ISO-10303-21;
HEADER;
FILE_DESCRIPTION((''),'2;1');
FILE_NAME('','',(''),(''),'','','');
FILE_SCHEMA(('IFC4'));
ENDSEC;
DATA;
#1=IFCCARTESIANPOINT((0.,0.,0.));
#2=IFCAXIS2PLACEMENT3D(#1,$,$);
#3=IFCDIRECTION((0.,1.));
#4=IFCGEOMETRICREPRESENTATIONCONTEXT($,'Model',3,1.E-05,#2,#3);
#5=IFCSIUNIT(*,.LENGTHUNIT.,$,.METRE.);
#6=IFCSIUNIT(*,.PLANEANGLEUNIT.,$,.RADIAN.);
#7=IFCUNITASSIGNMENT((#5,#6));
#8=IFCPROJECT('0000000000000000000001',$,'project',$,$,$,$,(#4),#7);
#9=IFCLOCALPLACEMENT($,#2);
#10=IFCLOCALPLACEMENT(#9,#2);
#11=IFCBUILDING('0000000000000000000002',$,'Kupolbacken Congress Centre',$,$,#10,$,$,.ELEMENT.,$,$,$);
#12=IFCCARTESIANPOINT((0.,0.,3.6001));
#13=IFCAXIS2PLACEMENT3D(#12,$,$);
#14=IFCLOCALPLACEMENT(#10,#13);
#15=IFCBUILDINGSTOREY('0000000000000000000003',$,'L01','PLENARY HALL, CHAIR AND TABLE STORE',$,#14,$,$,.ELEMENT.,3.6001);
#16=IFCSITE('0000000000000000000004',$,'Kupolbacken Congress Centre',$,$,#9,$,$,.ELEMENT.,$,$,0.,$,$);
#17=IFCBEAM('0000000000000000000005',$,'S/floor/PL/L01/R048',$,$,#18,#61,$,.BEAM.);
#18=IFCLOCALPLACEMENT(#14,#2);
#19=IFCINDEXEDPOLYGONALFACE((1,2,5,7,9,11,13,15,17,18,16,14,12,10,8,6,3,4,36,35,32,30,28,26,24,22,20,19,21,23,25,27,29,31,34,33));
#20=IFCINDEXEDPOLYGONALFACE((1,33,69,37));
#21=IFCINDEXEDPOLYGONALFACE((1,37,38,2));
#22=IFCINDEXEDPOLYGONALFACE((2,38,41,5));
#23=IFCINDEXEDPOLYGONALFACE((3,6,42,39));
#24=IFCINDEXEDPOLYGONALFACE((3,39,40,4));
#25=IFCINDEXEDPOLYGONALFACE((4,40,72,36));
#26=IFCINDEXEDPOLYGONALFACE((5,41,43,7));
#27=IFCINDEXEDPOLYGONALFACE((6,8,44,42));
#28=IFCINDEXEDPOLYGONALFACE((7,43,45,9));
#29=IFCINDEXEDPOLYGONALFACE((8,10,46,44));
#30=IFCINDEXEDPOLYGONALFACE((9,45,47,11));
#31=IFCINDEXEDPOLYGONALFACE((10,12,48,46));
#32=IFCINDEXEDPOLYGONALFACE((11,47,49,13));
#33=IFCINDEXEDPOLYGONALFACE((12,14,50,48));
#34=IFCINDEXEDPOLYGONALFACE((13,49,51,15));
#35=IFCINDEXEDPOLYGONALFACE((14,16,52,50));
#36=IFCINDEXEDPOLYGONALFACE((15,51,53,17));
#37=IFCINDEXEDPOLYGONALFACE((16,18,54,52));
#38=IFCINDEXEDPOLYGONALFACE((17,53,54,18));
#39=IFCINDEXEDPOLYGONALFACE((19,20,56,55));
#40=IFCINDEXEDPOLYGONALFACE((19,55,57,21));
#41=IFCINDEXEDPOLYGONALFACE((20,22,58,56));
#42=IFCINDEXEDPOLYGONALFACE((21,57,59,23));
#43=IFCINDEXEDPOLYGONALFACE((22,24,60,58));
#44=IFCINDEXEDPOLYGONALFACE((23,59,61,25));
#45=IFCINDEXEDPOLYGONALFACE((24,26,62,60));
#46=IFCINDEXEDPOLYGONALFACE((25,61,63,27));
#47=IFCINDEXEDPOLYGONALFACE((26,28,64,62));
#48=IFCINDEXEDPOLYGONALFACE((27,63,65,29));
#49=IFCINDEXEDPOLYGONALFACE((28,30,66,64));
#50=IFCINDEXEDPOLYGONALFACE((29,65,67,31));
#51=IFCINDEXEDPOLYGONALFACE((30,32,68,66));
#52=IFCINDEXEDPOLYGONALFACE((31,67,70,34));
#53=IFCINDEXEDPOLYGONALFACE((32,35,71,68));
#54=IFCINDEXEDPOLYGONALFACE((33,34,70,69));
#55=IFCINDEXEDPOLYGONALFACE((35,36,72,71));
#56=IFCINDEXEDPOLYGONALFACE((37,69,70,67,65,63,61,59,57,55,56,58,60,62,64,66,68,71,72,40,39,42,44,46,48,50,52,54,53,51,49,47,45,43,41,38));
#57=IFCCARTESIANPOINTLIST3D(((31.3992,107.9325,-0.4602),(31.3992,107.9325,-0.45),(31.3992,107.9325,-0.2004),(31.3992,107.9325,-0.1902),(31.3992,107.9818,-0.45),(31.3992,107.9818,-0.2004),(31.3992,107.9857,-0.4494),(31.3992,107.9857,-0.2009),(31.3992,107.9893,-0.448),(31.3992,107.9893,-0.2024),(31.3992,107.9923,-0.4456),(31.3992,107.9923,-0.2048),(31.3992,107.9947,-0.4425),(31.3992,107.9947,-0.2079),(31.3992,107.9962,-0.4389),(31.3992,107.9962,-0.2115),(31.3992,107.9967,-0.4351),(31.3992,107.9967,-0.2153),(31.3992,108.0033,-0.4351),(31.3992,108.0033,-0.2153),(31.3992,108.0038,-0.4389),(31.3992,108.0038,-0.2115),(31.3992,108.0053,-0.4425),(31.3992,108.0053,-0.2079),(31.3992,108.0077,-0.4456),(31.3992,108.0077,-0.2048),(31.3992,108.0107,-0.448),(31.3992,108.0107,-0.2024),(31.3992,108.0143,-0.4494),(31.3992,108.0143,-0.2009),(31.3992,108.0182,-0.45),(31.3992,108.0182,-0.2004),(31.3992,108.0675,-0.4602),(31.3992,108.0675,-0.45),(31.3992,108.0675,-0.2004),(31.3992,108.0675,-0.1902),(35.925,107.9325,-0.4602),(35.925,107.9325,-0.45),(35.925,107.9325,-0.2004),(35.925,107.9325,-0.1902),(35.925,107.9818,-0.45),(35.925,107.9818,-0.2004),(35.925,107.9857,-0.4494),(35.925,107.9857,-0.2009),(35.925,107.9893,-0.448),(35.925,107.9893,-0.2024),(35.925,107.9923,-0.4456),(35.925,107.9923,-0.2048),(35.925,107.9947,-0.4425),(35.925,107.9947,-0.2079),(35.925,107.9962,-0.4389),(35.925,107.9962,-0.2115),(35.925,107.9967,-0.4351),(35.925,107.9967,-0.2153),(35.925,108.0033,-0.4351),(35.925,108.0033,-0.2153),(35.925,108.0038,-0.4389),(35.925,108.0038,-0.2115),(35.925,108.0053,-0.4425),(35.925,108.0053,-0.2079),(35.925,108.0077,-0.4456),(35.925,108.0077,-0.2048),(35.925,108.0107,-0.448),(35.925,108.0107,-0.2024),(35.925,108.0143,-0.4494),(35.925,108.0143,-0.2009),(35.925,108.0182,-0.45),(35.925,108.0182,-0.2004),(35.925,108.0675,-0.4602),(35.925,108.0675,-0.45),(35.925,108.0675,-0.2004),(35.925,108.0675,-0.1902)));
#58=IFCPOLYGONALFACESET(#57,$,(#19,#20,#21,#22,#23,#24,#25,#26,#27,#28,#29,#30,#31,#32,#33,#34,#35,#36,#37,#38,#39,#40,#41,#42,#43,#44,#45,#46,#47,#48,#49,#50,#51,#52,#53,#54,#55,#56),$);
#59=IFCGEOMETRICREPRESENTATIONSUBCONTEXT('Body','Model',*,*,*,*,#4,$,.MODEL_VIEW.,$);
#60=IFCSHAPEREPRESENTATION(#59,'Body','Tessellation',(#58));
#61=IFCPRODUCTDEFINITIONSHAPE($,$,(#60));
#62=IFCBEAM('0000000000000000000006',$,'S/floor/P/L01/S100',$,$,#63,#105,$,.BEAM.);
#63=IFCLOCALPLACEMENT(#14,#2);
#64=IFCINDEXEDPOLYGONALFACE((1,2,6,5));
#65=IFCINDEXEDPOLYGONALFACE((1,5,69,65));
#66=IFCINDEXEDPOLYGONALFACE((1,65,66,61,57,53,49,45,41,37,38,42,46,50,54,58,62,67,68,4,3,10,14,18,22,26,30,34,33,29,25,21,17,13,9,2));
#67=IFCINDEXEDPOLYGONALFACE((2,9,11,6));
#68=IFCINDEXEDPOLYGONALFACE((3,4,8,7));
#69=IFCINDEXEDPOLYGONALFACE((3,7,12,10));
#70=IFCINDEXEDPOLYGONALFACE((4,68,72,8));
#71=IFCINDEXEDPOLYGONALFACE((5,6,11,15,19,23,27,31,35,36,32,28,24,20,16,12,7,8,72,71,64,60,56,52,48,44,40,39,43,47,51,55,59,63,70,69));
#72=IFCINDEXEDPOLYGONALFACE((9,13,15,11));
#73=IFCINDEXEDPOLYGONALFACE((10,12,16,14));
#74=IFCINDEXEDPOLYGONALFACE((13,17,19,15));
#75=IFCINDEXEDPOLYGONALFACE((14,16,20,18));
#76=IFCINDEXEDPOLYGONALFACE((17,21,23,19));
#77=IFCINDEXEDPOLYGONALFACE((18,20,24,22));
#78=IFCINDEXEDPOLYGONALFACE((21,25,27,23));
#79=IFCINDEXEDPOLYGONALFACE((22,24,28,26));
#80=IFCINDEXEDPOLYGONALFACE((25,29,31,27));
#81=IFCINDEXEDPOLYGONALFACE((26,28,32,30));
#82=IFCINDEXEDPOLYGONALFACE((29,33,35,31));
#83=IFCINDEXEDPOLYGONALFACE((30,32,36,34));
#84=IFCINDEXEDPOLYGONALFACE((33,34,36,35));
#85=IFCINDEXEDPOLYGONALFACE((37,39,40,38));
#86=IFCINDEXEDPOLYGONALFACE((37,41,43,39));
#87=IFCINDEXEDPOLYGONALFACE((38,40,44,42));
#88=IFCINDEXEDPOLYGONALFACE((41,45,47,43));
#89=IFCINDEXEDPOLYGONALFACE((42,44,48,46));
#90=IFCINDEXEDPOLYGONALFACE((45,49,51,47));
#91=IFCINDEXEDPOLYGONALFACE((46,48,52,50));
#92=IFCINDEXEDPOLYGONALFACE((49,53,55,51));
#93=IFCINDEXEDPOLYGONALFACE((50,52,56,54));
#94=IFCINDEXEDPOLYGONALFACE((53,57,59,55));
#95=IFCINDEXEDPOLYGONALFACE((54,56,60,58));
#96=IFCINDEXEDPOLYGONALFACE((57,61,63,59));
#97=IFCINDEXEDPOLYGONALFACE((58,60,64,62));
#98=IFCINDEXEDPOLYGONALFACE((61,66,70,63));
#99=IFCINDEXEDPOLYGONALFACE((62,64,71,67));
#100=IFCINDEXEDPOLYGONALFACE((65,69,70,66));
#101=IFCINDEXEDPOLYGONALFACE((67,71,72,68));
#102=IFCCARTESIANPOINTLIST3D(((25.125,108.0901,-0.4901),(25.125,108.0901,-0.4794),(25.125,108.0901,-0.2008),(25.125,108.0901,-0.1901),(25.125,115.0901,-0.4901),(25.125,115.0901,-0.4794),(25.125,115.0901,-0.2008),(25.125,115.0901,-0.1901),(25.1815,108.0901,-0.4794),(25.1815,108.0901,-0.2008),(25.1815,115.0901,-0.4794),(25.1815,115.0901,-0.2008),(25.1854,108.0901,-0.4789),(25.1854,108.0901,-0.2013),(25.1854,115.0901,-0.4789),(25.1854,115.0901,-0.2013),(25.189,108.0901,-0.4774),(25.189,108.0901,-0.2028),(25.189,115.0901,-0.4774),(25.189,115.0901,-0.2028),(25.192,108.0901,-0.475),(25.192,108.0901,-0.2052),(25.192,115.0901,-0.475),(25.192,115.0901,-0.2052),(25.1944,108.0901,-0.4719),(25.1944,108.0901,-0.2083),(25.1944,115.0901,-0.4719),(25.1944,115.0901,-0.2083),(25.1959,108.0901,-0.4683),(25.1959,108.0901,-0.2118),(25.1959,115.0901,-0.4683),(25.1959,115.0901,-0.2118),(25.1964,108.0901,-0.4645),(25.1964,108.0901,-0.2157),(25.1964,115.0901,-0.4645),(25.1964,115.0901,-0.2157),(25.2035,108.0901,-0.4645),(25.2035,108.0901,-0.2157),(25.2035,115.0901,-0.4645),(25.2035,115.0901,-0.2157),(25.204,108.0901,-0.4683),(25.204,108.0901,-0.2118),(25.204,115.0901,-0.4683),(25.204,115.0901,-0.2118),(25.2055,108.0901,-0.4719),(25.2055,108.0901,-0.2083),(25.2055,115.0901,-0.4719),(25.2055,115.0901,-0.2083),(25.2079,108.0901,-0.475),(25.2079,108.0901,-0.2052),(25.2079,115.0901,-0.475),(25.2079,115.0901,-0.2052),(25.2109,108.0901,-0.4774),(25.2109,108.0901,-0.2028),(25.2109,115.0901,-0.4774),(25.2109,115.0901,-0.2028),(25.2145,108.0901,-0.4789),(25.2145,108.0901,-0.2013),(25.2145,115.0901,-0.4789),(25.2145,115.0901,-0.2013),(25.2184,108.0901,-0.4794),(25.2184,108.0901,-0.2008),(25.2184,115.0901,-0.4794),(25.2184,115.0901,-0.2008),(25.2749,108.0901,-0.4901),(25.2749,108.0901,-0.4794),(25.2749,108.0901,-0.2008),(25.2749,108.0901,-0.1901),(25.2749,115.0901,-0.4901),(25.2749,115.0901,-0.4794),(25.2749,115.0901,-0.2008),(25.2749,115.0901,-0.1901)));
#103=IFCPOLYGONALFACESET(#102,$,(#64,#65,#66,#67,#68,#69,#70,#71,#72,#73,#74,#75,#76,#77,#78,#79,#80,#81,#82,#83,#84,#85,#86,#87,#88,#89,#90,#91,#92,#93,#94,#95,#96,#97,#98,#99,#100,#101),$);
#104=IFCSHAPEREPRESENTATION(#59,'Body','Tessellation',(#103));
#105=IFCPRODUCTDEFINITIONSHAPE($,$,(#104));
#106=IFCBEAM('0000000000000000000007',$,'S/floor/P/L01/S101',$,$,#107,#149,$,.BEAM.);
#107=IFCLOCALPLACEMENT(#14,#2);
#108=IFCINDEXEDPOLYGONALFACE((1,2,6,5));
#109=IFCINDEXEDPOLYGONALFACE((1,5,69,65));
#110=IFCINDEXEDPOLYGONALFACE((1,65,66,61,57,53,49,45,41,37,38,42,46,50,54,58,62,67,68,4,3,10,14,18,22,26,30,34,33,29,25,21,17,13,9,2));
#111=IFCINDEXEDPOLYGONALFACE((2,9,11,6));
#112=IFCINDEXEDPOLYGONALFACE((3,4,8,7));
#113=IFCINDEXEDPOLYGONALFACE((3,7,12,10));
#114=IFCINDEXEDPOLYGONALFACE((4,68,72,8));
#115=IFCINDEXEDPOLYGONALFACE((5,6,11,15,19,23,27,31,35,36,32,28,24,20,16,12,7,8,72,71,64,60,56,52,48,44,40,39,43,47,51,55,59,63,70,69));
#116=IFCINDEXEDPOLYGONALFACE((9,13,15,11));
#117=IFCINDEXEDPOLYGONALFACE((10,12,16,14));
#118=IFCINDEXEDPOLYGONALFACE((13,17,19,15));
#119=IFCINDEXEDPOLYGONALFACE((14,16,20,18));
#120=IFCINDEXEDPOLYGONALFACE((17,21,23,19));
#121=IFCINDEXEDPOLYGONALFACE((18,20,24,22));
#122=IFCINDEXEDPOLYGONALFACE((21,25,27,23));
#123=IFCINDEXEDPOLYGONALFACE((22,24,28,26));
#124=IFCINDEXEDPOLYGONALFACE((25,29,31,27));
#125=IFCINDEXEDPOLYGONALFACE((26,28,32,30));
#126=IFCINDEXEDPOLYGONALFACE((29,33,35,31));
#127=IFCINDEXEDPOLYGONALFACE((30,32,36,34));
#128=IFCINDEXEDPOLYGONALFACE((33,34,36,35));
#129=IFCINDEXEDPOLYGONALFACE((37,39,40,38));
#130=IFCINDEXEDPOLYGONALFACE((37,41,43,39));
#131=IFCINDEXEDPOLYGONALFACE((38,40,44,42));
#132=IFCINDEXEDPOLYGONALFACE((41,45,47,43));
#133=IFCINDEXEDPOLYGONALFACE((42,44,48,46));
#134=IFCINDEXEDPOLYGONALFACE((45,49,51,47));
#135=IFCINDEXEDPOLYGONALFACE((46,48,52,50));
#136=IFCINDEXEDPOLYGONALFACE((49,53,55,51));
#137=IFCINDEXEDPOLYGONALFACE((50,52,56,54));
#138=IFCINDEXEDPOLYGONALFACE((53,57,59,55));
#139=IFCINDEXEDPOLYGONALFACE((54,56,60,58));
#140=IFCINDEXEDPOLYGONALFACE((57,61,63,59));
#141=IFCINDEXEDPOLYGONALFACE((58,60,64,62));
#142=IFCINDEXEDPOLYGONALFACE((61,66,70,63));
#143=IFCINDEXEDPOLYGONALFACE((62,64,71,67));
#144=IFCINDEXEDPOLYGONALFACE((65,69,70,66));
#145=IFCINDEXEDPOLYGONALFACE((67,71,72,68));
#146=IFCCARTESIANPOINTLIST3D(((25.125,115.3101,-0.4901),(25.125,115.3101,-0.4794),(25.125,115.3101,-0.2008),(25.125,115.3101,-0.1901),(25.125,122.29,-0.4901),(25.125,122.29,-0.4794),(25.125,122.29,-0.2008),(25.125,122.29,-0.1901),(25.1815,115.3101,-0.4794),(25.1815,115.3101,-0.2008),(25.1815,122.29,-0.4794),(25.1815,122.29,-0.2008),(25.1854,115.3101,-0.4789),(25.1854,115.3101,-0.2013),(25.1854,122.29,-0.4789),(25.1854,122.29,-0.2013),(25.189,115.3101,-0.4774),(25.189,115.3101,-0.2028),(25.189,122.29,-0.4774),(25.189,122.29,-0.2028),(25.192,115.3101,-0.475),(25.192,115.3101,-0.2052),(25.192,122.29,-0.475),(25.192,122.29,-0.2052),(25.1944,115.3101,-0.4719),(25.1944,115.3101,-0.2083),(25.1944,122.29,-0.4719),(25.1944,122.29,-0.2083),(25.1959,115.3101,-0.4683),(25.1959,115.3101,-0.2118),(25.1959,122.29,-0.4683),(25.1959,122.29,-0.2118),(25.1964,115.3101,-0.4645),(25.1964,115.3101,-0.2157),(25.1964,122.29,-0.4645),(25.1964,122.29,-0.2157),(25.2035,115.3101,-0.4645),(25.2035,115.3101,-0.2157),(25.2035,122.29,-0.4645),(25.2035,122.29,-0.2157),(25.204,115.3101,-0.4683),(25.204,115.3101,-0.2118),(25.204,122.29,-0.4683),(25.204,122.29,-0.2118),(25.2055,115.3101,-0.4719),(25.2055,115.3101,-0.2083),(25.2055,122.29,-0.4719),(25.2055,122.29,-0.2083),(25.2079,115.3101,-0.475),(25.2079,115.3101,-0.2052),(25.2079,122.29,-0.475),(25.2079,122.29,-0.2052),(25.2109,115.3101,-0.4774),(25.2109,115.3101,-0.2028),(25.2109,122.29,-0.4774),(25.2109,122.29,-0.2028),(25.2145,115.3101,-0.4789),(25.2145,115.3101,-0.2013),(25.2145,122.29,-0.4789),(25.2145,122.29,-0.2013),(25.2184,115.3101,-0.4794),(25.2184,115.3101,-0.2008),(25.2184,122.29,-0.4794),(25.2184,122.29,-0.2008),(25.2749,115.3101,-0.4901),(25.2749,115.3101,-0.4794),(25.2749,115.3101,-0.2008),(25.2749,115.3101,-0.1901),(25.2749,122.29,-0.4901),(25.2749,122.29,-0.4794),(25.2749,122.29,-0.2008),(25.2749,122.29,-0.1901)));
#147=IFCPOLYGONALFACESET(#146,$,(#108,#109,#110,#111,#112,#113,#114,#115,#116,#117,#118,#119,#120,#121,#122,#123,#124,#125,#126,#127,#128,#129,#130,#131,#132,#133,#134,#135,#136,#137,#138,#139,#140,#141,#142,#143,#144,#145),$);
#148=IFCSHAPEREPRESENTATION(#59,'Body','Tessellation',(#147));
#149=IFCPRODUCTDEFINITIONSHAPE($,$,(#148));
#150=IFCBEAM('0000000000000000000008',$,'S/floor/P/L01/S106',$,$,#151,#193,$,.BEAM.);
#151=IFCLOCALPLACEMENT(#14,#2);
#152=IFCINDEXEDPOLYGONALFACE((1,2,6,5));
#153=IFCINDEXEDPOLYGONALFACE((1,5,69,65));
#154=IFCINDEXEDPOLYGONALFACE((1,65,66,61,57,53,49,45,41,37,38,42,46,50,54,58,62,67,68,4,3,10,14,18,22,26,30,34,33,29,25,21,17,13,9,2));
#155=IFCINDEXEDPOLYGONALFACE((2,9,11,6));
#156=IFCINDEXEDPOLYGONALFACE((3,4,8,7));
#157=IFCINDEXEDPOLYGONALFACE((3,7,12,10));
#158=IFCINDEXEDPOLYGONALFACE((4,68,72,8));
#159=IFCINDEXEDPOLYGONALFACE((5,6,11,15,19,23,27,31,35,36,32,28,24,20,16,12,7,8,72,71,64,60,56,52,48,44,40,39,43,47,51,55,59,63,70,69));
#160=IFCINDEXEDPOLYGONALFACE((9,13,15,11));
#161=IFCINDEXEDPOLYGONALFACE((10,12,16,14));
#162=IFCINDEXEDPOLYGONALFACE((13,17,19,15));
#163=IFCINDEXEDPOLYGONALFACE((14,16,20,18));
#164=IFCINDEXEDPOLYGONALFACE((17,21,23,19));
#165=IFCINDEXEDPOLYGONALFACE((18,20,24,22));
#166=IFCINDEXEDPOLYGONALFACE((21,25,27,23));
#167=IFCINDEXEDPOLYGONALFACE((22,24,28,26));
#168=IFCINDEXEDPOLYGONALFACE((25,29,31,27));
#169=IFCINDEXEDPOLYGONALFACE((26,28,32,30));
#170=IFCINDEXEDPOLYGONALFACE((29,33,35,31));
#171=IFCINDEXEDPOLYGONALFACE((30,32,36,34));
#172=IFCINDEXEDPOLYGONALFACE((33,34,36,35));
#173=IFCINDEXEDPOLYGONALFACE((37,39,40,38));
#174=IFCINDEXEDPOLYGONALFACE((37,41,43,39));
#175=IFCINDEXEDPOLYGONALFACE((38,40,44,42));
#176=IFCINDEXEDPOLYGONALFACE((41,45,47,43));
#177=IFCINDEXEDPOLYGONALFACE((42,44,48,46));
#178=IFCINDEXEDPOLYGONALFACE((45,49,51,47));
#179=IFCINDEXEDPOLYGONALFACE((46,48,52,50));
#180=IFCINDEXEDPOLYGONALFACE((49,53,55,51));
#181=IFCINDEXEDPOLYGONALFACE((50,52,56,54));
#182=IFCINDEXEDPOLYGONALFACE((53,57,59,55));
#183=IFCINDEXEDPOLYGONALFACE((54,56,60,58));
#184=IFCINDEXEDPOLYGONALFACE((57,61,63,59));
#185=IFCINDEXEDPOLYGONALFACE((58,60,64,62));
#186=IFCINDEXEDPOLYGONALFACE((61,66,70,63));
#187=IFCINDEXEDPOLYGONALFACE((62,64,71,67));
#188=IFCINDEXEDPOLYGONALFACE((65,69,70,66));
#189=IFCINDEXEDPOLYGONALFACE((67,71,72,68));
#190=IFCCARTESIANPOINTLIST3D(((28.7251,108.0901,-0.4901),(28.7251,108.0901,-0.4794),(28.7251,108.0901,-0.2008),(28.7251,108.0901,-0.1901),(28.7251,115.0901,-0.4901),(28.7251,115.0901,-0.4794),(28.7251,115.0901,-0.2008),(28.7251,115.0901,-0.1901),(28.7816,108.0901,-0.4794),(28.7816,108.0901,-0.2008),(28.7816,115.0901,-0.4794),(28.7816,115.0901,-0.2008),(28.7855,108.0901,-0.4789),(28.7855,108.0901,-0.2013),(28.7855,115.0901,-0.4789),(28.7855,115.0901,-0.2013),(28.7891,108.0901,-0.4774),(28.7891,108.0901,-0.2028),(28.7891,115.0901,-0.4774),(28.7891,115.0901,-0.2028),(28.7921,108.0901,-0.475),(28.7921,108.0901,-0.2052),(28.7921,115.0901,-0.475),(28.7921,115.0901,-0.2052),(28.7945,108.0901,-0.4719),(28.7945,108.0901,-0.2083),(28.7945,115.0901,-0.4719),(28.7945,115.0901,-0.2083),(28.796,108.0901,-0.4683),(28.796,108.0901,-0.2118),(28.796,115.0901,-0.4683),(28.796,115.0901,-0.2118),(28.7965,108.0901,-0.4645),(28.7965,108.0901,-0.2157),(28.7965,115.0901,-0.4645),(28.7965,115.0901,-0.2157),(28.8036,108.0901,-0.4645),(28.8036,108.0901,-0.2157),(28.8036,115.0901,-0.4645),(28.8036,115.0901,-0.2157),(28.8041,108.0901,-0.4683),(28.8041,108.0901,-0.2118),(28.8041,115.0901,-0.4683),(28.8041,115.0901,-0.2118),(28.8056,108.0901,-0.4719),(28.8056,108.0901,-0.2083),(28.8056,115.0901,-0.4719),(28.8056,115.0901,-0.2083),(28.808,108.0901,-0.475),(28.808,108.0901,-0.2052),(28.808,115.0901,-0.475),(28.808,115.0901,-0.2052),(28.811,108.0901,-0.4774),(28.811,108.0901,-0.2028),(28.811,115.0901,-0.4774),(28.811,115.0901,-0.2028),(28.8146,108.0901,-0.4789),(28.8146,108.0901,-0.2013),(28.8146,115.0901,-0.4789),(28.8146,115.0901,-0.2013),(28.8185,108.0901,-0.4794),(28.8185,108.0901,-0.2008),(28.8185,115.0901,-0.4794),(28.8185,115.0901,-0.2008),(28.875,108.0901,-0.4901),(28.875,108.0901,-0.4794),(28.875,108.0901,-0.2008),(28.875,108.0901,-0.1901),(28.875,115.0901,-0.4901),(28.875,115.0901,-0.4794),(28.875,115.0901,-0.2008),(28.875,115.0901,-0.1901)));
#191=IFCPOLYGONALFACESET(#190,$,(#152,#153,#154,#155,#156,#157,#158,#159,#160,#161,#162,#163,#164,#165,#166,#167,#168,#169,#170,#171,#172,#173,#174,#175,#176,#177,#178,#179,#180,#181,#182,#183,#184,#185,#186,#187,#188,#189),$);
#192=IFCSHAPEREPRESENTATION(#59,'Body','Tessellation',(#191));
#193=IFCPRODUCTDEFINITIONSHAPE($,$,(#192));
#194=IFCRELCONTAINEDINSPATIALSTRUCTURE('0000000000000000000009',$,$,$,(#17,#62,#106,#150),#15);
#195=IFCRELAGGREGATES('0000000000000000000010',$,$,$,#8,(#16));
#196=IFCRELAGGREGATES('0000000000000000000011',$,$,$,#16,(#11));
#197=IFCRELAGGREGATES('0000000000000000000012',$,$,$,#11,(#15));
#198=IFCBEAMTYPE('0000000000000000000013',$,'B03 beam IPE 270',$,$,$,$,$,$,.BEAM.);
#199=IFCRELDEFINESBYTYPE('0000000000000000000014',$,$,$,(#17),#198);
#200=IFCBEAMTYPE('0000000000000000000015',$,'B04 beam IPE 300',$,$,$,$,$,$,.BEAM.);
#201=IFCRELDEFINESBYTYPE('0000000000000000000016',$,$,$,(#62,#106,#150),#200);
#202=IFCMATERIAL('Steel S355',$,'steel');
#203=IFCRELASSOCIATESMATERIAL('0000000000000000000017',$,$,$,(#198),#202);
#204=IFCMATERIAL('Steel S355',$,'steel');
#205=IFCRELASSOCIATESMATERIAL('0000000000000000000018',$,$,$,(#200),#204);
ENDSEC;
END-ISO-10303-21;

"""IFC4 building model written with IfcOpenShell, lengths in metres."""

from ifc_helpers import new_model, si_unit, direction, frame, origin, origin_2d, place, context, subcontext, project, spatial, i_section, extrude, material, material_profile, profile_set, type_object, element, save


model = new_model("IFC4")

# Units and contexts
model_context = context("Model", 3, precision=1e-05, world=origin(), true_north=direction((0.0, 1.0)))
body_context = subcontext(model_context, "Body", "Model", "MODEL_VIEW")
ifc_project = project(units=[si_unit("LENGTHUNIT", "METRE"), si_unit("PLANEANGLEUNIT", "RADIAN")], contexts=[model_context])

# Site, building, storey
site_placement = place(None, origin())
site = spatial("IfcSite", under=ifc_project, at=site_placement, Name="Kupolbacken Congress Centre", CompositionType="ELEMENT", RefElevation=0.0)
building_placement = place(site_placement, origin())
building = spatial("IfcBuilding", under=site, at=building_placement, Name="Kupolbacken Congress Centre", CompositionType="ELEMENT")
storey_placement = place(building_placement, frame((0.0, 0.0, 3.6001)))
storey = spatial("IfcBuildingStorey", under=building, at=storey_placement, Name="L01", Description="PLENARY HALL, CHAIR AND TABLE STORE", CompositionType="ELEMENT", Elevation=3.6001)

# Beams
ifc_material_1 = material(Name="Steel S355", Category="steel")
ifc_material_profile_1 = material_profile(ifc_material_1, i_section(OverallWidth=0.135, OverallDepth=0.27, WebThickness=0.0066, FlangeThickness=0.0103, FilletRadius=0.0149, at=origin_2d()), Name="IPE 270")
ifc_profile_set_1 = profile_set([ifc_material_profile_1], Name="Steel S355")
beam_type_1 = type_object("IfcBeamType", Name="B03 beam IPE 270", PredefinedType="BEAM", material=ifc_profile_set_1)
beam_1_placement = place(storey_placement, frame((31.3992, 108.0, -0.3252), z_axis=(1.0, 0.0, 0.0), x_axis=(0.0, 1.0, 0.0)))
element("IfcBeam", 1, at=beam_1_placement, inside=storey, type_object=beam_type_1, Name="S/floor/PL/L01/R048", PredefinedType="BEAM", context=body_context, shape_type="SweptSolid", body=[
    extrude(i_section(OverallWidth=0.135, OverallDepth=0.27, WebThickness=0.0066, FlangeThickness=0.0103, FilletRadius=0.0149, at=origin_2d()), origin(), (0.0, 0.0, 1.0), 4.5259),
])
ifc_material_2 = material(Name="Steel S355", Category="steel")
ifc_material_profile_2 = material_profile(ifc_material_2, i_section(OverallWidth=0.1499, OverallDepth=0.3, WebThickness=0.0071, FlangeThickness=0.0107, FilletRadius=0.0149, at=origin_2d()), Name="IPE 300")
ifc_profile_set_2 = profile_set([ifc_material_profile_2], Name="Steel S355")
beam_type_2 = type_object("IfcBeamType", Name="B04 beam IPE 300", PredefinedType="BEAM", material=ifc_profile_set_2)
beam_2_placement = place(storey_placement, frame((25.2, 108.0901, -0.3401), z_axis=(0.0, 1.0, 0.0), x_axis=(-1.0, 0.0, 0.0)))
element("IfcBeam", 2, at=beam_2_placement, inside=storey, type_object=beam_type_2, Name="S/floor/P/L01/S100", PredefinedType="BEAM", context=body_context, shape_type="SweptSolid", body=[
    extrude(i_section(OverallWidth=0.1499, OverallDepth=0.3, WebThickness=0.0071, FlangeThickness=0.0107, FilletRadius=0.0149, at=origin_2d()), origin(), (0.0, 0.0, 1.0), 7.0),
])
beam_3_placement = place(storey_placement, frame((25.2, 115.3101, -0.3401), z_axis=(0.0, 1.0, 0.0), x_axis=(-1.0, 0.0, 0.0)))
element("IfcBeam", 3, at=beam_3_placement, inside=storey, type_object=beam_type_2, Name="S/floor/P/L01/S101", PredefinedType="BEAM", context=body_context, shape_type="SweptSolid", body=[
    extrude(i_section(OverallWidth=0.1499, OverallDepth=0.3, WebThickness=0.0071, FlangeThickness=0.0107, FilletRadius=0.0149, at=origin_2d()), origin(), (0.0, 0.0, 1.0), 6.98),
])
beam_4_placement = place(storey_placement, frame((28.8, 108.0901, -0.3401), z_axis=(0.0, 1.0, 0.0), x_axis=(-1.0, 0.0, 0.0)))
element("IfcBeam", 4, at=beam_4_placement, inside=storey, type_object=beam_type_2, Name="S/floor/P/L01/S106", PredefinedType="BEAM", context=body_context, shape_type="SweptSolid", body=[
    extrude(i_section(OverallWidth=0.1499, OverallDepth=0.3, WebThickness=0.0071, FlangeThickness=0.0107, FilletRadius=0.0149, at=origin_2d()), origin(), (0.0, 0.0, 1.0), 7.0),
])

save(model, "model.ifc")
